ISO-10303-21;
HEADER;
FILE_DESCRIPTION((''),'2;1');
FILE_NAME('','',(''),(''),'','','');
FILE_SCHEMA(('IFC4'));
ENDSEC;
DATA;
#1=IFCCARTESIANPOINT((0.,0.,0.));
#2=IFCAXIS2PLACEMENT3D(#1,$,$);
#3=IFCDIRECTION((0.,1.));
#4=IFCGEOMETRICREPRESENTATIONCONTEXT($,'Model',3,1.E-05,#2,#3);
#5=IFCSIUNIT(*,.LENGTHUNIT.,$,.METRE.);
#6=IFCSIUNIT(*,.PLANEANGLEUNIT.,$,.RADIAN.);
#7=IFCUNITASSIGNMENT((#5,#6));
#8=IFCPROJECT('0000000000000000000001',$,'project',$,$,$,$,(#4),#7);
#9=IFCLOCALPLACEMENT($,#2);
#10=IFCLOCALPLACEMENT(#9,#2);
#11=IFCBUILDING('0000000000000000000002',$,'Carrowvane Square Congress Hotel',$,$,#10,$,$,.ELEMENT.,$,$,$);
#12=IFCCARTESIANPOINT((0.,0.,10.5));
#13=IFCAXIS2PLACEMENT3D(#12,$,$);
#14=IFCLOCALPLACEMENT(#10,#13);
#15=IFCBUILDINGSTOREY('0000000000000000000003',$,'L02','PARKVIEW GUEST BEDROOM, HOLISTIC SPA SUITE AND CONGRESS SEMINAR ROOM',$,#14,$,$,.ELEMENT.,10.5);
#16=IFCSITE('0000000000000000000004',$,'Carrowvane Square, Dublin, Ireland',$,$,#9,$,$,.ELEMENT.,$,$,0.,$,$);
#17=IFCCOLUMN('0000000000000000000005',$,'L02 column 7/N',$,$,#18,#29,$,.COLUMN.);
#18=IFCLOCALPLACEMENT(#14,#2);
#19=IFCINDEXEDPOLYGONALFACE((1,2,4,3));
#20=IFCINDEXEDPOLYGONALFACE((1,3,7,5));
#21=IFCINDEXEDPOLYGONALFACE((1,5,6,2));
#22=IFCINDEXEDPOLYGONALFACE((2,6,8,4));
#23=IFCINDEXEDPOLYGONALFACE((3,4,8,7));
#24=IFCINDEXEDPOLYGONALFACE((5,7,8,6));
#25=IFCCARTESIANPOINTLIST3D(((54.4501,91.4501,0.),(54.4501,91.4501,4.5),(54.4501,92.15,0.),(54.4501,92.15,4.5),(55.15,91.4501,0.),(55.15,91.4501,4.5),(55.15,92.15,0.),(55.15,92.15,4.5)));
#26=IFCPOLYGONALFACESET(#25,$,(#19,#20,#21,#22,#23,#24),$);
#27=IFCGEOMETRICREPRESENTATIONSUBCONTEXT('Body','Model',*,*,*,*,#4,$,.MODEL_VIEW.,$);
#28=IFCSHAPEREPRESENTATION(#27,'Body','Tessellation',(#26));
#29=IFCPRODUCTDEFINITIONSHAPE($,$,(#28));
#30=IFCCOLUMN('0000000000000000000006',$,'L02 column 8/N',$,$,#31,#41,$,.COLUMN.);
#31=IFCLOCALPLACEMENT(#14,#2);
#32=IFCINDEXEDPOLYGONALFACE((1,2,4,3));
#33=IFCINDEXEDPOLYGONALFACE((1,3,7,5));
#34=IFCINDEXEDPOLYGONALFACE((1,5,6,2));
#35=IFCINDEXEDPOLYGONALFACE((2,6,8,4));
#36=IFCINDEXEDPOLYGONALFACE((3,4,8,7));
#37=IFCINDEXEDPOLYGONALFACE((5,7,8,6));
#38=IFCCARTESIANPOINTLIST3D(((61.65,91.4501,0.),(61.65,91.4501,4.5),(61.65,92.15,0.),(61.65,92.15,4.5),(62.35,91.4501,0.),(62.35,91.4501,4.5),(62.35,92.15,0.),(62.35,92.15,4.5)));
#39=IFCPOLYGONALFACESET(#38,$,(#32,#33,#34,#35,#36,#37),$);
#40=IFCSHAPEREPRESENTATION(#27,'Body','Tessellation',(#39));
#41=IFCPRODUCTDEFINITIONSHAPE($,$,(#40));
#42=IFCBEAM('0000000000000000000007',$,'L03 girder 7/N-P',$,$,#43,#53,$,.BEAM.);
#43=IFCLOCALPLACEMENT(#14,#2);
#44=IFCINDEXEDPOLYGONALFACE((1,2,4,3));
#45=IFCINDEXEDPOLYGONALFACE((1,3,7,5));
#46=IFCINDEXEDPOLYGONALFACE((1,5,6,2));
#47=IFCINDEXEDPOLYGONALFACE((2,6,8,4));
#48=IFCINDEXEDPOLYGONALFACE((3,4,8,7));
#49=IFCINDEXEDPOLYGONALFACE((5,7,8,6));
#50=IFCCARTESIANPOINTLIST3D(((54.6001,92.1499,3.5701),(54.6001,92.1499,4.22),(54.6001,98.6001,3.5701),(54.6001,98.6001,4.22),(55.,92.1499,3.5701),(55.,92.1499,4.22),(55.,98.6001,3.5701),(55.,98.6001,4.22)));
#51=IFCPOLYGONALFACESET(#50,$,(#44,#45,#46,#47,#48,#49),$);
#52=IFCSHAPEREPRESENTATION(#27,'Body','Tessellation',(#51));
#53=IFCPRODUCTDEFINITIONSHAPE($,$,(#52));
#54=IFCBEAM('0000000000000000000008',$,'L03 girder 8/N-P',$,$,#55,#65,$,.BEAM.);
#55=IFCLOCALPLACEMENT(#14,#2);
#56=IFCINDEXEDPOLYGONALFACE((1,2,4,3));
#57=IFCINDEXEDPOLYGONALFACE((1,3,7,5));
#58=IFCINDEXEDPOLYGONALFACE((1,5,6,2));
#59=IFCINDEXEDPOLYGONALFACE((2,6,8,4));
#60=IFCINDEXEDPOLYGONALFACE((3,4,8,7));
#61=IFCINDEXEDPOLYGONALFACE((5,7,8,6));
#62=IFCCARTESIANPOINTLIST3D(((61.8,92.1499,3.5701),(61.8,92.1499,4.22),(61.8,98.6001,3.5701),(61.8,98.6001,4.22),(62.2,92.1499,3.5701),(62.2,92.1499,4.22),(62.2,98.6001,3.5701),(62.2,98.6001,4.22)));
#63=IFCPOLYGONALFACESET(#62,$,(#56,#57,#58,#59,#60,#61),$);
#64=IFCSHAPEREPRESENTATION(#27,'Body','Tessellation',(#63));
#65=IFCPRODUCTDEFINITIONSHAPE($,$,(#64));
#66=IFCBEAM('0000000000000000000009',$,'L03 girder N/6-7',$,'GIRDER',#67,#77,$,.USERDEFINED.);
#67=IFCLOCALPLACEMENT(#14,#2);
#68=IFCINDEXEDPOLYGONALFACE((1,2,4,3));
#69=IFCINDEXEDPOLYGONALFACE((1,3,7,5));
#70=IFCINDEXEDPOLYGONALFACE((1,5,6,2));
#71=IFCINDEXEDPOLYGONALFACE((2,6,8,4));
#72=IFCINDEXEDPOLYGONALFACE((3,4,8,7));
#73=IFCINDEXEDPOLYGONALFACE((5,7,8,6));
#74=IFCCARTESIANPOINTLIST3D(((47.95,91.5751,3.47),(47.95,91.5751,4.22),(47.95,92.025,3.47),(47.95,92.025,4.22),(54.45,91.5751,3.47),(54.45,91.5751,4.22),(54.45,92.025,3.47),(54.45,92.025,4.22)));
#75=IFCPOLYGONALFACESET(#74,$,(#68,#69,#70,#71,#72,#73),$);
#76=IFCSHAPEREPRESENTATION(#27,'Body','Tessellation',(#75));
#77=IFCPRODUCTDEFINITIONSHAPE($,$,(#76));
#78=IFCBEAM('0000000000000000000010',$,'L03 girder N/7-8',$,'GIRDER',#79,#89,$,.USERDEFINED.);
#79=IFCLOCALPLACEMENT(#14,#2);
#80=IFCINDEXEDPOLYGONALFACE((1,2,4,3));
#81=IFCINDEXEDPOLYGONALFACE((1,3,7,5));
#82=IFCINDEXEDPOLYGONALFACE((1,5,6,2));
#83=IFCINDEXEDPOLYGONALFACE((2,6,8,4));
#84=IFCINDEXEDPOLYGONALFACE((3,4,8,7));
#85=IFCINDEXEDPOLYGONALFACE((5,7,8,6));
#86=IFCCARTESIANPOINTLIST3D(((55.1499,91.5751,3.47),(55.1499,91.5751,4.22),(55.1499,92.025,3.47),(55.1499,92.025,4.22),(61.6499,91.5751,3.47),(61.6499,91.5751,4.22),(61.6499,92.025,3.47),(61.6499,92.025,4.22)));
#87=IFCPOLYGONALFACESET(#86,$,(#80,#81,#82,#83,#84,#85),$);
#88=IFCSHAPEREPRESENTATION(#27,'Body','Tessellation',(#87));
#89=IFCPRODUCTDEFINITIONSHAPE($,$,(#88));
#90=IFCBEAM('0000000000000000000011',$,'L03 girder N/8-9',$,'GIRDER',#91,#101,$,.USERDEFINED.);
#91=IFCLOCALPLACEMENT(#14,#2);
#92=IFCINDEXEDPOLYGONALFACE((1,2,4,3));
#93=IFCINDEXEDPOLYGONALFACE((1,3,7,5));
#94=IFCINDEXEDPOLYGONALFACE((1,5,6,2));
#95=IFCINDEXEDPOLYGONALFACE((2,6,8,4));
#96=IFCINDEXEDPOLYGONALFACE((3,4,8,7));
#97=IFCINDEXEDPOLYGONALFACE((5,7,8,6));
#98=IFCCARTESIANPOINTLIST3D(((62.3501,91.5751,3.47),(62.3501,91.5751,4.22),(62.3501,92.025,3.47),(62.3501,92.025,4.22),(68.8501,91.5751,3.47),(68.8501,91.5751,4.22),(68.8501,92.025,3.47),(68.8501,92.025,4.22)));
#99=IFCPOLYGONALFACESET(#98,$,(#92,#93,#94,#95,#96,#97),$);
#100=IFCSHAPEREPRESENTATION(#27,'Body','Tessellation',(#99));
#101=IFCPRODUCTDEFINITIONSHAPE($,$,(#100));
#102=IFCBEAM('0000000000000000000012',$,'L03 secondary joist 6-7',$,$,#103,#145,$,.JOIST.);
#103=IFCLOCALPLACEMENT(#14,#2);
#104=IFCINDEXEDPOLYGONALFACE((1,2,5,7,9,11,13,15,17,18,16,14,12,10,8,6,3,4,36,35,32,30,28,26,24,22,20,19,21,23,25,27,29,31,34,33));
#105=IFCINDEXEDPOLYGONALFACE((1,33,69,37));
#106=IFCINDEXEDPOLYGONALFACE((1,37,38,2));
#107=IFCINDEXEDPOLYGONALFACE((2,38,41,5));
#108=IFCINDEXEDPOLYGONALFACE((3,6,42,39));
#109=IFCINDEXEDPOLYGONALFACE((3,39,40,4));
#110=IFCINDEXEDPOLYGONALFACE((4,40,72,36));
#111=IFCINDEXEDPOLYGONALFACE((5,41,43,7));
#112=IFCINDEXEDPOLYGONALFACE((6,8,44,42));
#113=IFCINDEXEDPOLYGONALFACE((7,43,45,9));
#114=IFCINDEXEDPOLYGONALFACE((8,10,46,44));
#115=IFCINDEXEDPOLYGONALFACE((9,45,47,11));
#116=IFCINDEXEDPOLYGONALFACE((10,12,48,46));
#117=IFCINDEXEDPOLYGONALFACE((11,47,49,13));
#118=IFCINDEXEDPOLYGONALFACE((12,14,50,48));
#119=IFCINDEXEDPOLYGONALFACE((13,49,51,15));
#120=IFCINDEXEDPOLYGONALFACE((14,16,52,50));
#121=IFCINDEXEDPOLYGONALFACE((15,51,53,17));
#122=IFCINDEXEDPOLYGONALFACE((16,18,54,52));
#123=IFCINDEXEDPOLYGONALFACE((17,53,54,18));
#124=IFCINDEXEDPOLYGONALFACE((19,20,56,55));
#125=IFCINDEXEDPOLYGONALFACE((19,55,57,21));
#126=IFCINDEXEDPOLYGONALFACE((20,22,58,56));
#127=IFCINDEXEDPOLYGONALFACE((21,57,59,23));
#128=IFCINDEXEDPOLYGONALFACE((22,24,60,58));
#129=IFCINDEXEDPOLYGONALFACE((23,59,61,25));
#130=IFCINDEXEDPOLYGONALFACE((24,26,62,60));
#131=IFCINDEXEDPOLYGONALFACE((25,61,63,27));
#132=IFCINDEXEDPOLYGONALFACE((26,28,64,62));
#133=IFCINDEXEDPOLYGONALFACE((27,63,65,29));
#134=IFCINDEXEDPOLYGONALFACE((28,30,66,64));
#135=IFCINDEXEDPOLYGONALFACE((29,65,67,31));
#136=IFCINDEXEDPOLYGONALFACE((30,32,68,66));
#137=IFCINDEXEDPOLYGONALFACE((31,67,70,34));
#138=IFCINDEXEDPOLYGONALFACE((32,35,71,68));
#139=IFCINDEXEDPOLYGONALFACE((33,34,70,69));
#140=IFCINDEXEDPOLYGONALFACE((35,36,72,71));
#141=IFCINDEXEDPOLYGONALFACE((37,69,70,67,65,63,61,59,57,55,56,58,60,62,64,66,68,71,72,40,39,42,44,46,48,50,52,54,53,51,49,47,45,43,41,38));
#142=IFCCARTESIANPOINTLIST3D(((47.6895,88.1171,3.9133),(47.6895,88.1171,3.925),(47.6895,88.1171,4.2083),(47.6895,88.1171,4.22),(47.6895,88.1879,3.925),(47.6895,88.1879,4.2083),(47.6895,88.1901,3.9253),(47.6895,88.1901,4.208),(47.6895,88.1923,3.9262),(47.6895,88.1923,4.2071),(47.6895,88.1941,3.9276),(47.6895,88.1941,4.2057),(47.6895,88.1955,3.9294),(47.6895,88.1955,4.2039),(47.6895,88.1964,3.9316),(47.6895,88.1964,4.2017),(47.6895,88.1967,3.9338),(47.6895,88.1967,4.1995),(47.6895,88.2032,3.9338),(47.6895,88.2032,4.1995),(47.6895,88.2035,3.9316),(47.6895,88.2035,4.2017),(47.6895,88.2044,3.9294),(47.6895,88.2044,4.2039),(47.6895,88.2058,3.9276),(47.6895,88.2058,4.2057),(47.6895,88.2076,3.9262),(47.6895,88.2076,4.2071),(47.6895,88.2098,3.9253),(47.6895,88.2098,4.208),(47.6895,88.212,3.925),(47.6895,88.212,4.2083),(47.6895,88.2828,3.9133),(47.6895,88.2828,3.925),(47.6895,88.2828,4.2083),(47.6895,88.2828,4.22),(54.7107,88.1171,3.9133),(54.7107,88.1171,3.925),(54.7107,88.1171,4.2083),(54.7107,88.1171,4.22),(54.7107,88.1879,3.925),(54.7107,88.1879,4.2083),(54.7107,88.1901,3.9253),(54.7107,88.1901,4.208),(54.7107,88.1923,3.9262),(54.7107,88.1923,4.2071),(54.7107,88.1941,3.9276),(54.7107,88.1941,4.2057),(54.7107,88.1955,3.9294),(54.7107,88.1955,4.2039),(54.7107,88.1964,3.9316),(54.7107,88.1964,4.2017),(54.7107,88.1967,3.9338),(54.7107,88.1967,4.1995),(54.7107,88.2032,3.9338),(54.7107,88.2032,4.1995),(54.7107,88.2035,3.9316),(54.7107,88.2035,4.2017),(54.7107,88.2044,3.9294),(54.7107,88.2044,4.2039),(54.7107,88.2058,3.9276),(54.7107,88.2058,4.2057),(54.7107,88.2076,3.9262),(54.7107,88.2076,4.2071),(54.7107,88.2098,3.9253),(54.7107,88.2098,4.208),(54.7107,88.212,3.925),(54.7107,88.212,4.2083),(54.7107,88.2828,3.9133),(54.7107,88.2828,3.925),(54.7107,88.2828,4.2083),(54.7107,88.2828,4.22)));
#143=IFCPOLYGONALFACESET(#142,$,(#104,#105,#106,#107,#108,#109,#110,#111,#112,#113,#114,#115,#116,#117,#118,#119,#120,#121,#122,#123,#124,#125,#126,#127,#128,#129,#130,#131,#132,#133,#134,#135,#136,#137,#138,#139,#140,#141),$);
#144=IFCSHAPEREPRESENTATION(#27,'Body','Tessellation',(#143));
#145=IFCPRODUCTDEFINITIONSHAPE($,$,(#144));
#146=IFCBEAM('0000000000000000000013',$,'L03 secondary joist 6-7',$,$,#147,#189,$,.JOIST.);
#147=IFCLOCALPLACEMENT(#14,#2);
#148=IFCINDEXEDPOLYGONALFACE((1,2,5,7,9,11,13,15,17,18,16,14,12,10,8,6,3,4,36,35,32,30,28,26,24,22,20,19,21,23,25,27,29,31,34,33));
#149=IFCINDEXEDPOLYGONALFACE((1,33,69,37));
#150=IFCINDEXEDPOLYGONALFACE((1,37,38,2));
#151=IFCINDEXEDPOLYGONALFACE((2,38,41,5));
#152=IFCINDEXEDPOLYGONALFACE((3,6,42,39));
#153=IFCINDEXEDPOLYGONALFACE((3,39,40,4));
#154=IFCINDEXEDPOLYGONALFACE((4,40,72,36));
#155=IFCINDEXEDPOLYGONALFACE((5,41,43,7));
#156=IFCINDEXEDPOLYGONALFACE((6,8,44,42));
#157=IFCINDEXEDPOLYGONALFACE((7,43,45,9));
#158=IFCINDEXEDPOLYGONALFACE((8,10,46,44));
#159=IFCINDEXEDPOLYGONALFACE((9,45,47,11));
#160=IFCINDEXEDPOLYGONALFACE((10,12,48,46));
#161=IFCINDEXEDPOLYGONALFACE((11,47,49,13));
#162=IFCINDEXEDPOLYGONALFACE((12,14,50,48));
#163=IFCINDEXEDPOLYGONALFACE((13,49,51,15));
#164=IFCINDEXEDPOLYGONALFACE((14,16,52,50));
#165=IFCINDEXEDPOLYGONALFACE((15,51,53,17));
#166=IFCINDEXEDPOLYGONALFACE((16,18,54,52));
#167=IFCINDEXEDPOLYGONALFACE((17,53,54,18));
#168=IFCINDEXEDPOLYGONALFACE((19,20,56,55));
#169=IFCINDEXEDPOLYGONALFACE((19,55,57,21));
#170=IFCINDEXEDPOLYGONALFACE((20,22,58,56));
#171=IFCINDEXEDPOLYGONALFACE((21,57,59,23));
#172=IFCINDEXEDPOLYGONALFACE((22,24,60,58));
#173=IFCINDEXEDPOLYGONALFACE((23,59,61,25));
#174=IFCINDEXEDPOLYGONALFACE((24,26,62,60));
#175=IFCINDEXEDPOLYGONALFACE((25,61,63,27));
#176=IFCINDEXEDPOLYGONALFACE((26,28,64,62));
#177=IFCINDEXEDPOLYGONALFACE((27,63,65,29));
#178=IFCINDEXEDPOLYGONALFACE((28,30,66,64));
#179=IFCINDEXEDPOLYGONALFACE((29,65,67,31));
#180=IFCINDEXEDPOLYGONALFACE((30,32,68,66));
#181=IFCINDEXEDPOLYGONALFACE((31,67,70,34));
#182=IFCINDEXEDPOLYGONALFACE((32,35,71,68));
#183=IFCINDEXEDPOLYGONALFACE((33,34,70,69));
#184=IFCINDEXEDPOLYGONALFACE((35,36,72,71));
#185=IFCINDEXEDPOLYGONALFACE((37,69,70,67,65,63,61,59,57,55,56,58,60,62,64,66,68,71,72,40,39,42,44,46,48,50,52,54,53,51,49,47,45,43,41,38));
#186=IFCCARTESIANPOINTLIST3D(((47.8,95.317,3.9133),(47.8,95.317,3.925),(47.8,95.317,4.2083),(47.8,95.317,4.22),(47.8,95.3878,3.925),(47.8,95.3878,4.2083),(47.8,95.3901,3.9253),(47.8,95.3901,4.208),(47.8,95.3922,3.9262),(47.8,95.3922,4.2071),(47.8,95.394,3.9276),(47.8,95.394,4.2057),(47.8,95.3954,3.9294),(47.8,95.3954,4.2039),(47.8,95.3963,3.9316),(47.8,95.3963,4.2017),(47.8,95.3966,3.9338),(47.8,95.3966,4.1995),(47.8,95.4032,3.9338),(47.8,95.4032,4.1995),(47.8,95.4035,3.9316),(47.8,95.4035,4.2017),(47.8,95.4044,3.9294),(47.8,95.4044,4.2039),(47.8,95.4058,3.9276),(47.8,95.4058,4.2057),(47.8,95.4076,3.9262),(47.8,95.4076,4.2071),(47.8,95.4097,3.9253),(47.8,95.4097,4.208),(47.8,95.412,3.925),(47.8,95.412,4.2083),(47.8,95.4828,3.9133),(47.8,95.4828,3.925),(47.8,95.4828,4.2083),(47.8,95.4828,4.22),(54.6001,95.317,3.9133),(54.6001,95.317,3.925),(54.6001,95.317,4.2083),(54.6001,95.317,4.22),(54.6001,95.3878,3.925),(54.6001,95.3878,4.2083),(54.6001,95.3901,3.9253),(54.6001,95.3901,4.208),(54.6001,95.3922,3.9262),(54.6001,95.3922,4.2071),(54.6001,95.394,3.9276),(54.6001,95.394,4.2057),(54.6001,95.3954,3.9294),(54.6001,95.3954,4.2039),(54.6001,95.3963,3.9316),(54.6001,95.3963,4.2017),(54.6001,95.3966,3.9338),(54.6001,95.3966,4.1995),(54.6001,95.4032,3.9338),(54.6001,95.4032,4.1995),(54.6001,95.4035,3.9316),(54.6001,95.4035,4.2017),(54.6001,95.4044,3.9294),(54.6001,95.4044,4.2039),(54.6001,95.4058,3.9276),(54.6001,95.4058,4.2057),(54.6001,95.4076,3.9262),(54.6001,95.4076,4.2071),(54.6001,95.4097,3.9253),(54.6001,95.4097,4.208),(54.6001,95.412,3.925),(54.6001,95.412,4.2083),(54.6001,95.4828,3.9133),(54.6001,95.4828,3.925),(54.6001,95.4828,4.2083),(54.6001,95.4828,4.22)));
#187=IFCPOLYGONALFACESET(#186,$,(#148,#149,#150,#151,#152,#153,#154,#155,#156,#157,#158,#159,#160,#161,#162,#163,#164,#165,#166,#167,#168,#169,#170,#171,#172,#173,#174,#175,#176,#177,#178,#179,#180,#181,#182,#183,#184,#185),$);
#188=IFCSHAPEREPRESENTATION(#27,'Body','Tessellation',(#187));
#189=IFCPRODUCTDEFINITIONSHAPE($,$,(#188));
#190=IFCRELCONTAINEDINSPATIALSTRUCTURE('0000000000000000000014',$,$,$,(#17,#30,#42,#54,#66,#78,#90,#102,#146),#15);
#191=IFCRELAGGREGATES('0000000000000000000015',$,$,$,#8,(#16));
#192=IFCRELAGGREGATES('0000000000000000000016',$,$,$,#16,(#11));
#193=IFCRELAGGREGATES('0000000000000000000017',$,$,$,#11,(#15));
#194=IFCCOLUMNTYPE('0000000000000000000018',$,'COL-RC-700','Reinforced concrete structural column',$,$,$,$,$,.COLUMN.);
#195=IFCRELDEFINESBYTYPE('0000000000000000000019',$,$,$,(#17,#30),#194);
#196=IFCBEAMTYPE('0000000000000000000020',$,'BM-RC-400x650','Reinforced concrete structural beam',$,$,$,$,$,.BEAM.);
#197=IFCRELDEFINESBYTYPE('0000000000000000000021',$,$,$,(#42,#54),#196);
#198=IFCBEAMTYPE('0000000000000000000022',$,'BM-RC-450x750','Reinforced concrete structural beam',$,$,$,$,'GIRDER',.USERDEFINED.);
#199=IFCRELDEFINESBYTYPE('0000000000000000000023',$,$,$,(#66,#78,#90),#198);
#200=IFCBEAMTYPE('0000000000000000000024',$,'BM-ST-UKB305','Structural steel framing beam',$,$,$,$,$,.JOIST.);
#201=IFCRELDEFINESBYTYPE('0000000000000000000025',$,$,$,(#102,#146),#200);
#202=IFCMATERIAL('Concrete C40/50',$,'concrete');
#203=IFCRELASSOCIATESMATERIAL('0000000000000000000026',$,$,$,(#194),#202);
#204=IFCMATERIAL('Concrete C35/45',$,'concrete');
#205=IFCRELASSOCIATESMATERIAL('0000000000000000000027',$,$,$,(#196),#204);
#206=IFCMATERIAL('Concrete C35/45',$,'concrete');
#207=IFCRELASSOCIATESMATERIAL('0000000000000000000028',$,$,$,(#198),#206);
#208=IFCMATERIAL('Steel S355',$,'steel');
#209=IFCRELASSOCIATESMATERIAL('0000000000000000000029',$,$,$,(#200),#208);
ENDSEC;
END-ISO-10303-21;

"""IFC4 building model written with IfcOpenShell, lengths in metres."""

from ifc_helpers import new_model, si_unit, direction, frame, origin, origin_2d, place, context, subcontext, project, spatial, rectangle, i_section, extrude, material, material_profile, profile_set, type_object, element, save


model = new_model("IFC4")

# Units and contexts
model_context = context("Model", 3, precision=1e-05, world=origin(), true_north=direction((0.0, 1.0)))
body_context = subcontext(model_context, "Body", "Model", "MODEL_VIEW")
ifc_project = project(units=[si_unit("LENGTHUNIT", "METRE"), si_unit("PLANEANGLEUNIT", "RADIAN")], contexts=[model_context])

# Site, building, storey
site_placement = place(None, origin())
site = spatial("IfcSite", under=ifc_project, at=site_placement, Name="Carrowvane Square, Dublin, Ireland", CompositionType="ELEMENT", RefElevation=0.0)
building_placement = place(site_placement, origin())
building = spatial("IfcBuilding", under=site, at=building_placement, Name="Carrowvane Square Congress Hotel", CompositionType="ELEMENT")
storey_placement = place(building_placement, frame((0.0, 0.0, 10.5)))
storey = spatial("IfcBuildingStorey", under=building, at=storey_placement, Name="L02", Description="PARKVIEW GUEST BEDROOM, HOLISTIC SPA SUITE AND CONGRESS SEMINAR ROOM", CompositionType="ELEMENT", Elevation=10.5)

# Columns
ifc_material_1 = material(Name="Concrete C40/50", Category="concrete")
ifc_material_profile_1 = material_profile(ifc_material_1, rectangle(XDim=0.7, YDim=0.7, at=origin_2d()), Name="RC 700x700")
ifc_profile_set_1 = profile_set([ifc_material_profile_1], Name="Concrete C40/50")
column_type = type_object("IfcColumnType", Name="COL-RC-700", Description="Reinforced concrete structural column", PredefinedType="COLUMN", material=ifc_profile_set_1)
for number, where, z_axis, x_axis, name in (
    (1, (54.8, 91.8, 0.0), (0.0, 0.0, 1.0), (1.0, 0.0, 0.0), "L02 column 7/N"),
    (2, (62.0, 91.8, 0.0), (0.0, 0.0, 1.0), (1.0, 0.0, 0.0), "L02 column 8/N"),
):
    element("IfcColumn", number, at=place(storey_placement, frame(where, z_axis=z_axis, x_axis=x_axis)), inside=storey, type_object=column_type, Name=name, PredefinedType="COLUMN", context=body_context, shape_type="SweptSolid", body=[
        extrude(rectangle(XDim=0.7, YDim=0.7, at=origin_2d()), origin(), (0.0, 0.0, 1.0), 4.5),
    ])

# Beams
ifc_material_2 = material(Name="Concrete C35/45", Category="concrete")
ifc_material_profile_2 = material_profile(ifc_material_2, rectangle(XDim=0.3999, YDim=0.6499, at=origin_2d()), Name="RC 400x650")
ifc_profile_set_2 = profile_set([ifc_material_profile_2], Name="Concrete C35/45")
beam_type_1 = type_object("IfcBeamType", Name="BM-RC-400x650", Description="Reinforced concrete structural beam", PredefinedType="BEAM", material=ifc_profile_set_2)
for number, where, z_axis, x_axis, name in (
    (3, (54.8, 92.1499, 3.895), (0.0, 1.0, 0.0), (-1.0, 0.0, 0.0), "L03 girder 7/N-P"),
    (4, (62.0, 92.1499, 3.895), (0.0, 1.0, 0.0), (-1.0, 0.0, 0.0), "L03 girder 8/N-P"),
):
    element("IfcBeam", number, at=place(storey_placement, frame(where, z_axis=z_axis, x_axis=x_axis)), inside=storey, type_object=beam_type_1, Name=name, PredefinedType="BEAM", context=body_context, shape_type="SweptSolid", body=[
        extrude(rectangle(XDim=0.3999, YDim=0.6499, at=origin_2d()), origin(), (0.0, 0.0, 1.0), 6.4502),
    ])
ifc_material_3 = material(Name="Concrete C35/45", Category="concrete")
ifc_material_profile_3 = material_profile(ifc_material_3, rectangle(XDim=0.45, YDim=0.75, at=origin_2d()), Name="RC 450x750")
ifc_profile_set_3 = profile_set([ifc_material_profile_3], Name="Concrete C35/45")
beam_type_2 = type_object("IfcBeamType", Name="BM-RC-450x750", Description="Reinforced concrete structural beam", ElementType="GIRDER", PredefinedType="USERDEFINED", material=ifc_profile_set_3)
for number, where, z_axis, x_axis, name in (
    (5, (47.95, 91.8, 3.845), (1.0, 0.0, 0.0), (0.0, 1.0, 0.0), "L03 girder N/6-7"),
    (6, (55.1499, 91.8, 3.845), (1.0, 0.0, 0.0), (0.0, 1.0, 0.0), "L03 girder N/7-8"),
    (7, (62.3501, 91.8, 3.845), (1.0, 0.0, 0.0), (0.0, 1.0, 0.0), "L03 girder N/8-9"),
):
    element("IfcBeam", number, at=place(storey_placement, frame(where, z_axis=z_axis, x_axis=x_axis)), inside=storey, type_object=beam_type_2, Name=name, ObjectType="GIRDER", PredefinedType="USERDEFINED", context=body_context, shape_type="SweptSolid", body=[
        extrude(rectangle(XDim=0.45, YDim=0.75, at=origin_2d()), origin(), (0.0, 0.0, 1.0), 6.5),
    ])
ifc_material_4 = material(Name="Steel S355", Category="steel")
ifc_material_profile_4 = material_profile(ifc_material_4, i_section(OverallWidth=0.1658, OverallDepth=0.3066, WebThickness=0.0066, FlangeThickness=0.0117, FilletRadius=0.0088, at=origin_2d()), Name="UKB 305x165x46")
ifc_profile_set_4 = profile_set([ifc_material_profile_4], Name="Steel S355")
beam_type_3 = type_object("IfcBeamType", Name="BM-ST-UKB305", Description="Structural steel framing beam", PredefinedType="JOIST", material=ifc_profile_set_4)
beam_1_placement = place(storey_placement, frame((47.6895, 88.2, 4.0667), z_axis=(1.0, 0.0, 0.0), x_axis=(0.0, 1.0, 0.0)))
element("IfcBeam", 8, at=beam_1_placement, inside=storey, type_object=beam_type_3, Name="L03 secondary joist 6-7", PredefinedType="JOIST", context=body_context, shape_type="SweptSolid", body=[
    extrude(i_section(OverallWidth=0.1658, OverallDepth=0.3066, WebThickness=0.0066, FlangeThickness=0.0117, FilletRadius=0.0088, at=origin_2d()), origin(), (0.0, 0.0, 1.0), 7.0212),
])
beam_2_placement = place(storey_placement, frame((47.8, 95.3999, 4.0667), z_axis=(1.0, 0.0, 0.0), x_axis=(0.0, 1.0, 0.0)))
element("IfcBeam", 9, at=beam_2_placement, inside=storey, type_object=beam_type_3, Name="L03 secondary joist 6-7", PredefinedType="JOIST", context=body_context, shape_type="SweptSolid", body=[
    extrude(i_section(OverallWidth=0.1658, OverallDepth=0.3066, WebThickness=0.0066, FlangeThickness=0.0117, FilletRadius=0.0088, at=origin_2d()), origin(), (0.0, 0.0, 1.0), 6.8),
])

save(model, "model.ifc")
